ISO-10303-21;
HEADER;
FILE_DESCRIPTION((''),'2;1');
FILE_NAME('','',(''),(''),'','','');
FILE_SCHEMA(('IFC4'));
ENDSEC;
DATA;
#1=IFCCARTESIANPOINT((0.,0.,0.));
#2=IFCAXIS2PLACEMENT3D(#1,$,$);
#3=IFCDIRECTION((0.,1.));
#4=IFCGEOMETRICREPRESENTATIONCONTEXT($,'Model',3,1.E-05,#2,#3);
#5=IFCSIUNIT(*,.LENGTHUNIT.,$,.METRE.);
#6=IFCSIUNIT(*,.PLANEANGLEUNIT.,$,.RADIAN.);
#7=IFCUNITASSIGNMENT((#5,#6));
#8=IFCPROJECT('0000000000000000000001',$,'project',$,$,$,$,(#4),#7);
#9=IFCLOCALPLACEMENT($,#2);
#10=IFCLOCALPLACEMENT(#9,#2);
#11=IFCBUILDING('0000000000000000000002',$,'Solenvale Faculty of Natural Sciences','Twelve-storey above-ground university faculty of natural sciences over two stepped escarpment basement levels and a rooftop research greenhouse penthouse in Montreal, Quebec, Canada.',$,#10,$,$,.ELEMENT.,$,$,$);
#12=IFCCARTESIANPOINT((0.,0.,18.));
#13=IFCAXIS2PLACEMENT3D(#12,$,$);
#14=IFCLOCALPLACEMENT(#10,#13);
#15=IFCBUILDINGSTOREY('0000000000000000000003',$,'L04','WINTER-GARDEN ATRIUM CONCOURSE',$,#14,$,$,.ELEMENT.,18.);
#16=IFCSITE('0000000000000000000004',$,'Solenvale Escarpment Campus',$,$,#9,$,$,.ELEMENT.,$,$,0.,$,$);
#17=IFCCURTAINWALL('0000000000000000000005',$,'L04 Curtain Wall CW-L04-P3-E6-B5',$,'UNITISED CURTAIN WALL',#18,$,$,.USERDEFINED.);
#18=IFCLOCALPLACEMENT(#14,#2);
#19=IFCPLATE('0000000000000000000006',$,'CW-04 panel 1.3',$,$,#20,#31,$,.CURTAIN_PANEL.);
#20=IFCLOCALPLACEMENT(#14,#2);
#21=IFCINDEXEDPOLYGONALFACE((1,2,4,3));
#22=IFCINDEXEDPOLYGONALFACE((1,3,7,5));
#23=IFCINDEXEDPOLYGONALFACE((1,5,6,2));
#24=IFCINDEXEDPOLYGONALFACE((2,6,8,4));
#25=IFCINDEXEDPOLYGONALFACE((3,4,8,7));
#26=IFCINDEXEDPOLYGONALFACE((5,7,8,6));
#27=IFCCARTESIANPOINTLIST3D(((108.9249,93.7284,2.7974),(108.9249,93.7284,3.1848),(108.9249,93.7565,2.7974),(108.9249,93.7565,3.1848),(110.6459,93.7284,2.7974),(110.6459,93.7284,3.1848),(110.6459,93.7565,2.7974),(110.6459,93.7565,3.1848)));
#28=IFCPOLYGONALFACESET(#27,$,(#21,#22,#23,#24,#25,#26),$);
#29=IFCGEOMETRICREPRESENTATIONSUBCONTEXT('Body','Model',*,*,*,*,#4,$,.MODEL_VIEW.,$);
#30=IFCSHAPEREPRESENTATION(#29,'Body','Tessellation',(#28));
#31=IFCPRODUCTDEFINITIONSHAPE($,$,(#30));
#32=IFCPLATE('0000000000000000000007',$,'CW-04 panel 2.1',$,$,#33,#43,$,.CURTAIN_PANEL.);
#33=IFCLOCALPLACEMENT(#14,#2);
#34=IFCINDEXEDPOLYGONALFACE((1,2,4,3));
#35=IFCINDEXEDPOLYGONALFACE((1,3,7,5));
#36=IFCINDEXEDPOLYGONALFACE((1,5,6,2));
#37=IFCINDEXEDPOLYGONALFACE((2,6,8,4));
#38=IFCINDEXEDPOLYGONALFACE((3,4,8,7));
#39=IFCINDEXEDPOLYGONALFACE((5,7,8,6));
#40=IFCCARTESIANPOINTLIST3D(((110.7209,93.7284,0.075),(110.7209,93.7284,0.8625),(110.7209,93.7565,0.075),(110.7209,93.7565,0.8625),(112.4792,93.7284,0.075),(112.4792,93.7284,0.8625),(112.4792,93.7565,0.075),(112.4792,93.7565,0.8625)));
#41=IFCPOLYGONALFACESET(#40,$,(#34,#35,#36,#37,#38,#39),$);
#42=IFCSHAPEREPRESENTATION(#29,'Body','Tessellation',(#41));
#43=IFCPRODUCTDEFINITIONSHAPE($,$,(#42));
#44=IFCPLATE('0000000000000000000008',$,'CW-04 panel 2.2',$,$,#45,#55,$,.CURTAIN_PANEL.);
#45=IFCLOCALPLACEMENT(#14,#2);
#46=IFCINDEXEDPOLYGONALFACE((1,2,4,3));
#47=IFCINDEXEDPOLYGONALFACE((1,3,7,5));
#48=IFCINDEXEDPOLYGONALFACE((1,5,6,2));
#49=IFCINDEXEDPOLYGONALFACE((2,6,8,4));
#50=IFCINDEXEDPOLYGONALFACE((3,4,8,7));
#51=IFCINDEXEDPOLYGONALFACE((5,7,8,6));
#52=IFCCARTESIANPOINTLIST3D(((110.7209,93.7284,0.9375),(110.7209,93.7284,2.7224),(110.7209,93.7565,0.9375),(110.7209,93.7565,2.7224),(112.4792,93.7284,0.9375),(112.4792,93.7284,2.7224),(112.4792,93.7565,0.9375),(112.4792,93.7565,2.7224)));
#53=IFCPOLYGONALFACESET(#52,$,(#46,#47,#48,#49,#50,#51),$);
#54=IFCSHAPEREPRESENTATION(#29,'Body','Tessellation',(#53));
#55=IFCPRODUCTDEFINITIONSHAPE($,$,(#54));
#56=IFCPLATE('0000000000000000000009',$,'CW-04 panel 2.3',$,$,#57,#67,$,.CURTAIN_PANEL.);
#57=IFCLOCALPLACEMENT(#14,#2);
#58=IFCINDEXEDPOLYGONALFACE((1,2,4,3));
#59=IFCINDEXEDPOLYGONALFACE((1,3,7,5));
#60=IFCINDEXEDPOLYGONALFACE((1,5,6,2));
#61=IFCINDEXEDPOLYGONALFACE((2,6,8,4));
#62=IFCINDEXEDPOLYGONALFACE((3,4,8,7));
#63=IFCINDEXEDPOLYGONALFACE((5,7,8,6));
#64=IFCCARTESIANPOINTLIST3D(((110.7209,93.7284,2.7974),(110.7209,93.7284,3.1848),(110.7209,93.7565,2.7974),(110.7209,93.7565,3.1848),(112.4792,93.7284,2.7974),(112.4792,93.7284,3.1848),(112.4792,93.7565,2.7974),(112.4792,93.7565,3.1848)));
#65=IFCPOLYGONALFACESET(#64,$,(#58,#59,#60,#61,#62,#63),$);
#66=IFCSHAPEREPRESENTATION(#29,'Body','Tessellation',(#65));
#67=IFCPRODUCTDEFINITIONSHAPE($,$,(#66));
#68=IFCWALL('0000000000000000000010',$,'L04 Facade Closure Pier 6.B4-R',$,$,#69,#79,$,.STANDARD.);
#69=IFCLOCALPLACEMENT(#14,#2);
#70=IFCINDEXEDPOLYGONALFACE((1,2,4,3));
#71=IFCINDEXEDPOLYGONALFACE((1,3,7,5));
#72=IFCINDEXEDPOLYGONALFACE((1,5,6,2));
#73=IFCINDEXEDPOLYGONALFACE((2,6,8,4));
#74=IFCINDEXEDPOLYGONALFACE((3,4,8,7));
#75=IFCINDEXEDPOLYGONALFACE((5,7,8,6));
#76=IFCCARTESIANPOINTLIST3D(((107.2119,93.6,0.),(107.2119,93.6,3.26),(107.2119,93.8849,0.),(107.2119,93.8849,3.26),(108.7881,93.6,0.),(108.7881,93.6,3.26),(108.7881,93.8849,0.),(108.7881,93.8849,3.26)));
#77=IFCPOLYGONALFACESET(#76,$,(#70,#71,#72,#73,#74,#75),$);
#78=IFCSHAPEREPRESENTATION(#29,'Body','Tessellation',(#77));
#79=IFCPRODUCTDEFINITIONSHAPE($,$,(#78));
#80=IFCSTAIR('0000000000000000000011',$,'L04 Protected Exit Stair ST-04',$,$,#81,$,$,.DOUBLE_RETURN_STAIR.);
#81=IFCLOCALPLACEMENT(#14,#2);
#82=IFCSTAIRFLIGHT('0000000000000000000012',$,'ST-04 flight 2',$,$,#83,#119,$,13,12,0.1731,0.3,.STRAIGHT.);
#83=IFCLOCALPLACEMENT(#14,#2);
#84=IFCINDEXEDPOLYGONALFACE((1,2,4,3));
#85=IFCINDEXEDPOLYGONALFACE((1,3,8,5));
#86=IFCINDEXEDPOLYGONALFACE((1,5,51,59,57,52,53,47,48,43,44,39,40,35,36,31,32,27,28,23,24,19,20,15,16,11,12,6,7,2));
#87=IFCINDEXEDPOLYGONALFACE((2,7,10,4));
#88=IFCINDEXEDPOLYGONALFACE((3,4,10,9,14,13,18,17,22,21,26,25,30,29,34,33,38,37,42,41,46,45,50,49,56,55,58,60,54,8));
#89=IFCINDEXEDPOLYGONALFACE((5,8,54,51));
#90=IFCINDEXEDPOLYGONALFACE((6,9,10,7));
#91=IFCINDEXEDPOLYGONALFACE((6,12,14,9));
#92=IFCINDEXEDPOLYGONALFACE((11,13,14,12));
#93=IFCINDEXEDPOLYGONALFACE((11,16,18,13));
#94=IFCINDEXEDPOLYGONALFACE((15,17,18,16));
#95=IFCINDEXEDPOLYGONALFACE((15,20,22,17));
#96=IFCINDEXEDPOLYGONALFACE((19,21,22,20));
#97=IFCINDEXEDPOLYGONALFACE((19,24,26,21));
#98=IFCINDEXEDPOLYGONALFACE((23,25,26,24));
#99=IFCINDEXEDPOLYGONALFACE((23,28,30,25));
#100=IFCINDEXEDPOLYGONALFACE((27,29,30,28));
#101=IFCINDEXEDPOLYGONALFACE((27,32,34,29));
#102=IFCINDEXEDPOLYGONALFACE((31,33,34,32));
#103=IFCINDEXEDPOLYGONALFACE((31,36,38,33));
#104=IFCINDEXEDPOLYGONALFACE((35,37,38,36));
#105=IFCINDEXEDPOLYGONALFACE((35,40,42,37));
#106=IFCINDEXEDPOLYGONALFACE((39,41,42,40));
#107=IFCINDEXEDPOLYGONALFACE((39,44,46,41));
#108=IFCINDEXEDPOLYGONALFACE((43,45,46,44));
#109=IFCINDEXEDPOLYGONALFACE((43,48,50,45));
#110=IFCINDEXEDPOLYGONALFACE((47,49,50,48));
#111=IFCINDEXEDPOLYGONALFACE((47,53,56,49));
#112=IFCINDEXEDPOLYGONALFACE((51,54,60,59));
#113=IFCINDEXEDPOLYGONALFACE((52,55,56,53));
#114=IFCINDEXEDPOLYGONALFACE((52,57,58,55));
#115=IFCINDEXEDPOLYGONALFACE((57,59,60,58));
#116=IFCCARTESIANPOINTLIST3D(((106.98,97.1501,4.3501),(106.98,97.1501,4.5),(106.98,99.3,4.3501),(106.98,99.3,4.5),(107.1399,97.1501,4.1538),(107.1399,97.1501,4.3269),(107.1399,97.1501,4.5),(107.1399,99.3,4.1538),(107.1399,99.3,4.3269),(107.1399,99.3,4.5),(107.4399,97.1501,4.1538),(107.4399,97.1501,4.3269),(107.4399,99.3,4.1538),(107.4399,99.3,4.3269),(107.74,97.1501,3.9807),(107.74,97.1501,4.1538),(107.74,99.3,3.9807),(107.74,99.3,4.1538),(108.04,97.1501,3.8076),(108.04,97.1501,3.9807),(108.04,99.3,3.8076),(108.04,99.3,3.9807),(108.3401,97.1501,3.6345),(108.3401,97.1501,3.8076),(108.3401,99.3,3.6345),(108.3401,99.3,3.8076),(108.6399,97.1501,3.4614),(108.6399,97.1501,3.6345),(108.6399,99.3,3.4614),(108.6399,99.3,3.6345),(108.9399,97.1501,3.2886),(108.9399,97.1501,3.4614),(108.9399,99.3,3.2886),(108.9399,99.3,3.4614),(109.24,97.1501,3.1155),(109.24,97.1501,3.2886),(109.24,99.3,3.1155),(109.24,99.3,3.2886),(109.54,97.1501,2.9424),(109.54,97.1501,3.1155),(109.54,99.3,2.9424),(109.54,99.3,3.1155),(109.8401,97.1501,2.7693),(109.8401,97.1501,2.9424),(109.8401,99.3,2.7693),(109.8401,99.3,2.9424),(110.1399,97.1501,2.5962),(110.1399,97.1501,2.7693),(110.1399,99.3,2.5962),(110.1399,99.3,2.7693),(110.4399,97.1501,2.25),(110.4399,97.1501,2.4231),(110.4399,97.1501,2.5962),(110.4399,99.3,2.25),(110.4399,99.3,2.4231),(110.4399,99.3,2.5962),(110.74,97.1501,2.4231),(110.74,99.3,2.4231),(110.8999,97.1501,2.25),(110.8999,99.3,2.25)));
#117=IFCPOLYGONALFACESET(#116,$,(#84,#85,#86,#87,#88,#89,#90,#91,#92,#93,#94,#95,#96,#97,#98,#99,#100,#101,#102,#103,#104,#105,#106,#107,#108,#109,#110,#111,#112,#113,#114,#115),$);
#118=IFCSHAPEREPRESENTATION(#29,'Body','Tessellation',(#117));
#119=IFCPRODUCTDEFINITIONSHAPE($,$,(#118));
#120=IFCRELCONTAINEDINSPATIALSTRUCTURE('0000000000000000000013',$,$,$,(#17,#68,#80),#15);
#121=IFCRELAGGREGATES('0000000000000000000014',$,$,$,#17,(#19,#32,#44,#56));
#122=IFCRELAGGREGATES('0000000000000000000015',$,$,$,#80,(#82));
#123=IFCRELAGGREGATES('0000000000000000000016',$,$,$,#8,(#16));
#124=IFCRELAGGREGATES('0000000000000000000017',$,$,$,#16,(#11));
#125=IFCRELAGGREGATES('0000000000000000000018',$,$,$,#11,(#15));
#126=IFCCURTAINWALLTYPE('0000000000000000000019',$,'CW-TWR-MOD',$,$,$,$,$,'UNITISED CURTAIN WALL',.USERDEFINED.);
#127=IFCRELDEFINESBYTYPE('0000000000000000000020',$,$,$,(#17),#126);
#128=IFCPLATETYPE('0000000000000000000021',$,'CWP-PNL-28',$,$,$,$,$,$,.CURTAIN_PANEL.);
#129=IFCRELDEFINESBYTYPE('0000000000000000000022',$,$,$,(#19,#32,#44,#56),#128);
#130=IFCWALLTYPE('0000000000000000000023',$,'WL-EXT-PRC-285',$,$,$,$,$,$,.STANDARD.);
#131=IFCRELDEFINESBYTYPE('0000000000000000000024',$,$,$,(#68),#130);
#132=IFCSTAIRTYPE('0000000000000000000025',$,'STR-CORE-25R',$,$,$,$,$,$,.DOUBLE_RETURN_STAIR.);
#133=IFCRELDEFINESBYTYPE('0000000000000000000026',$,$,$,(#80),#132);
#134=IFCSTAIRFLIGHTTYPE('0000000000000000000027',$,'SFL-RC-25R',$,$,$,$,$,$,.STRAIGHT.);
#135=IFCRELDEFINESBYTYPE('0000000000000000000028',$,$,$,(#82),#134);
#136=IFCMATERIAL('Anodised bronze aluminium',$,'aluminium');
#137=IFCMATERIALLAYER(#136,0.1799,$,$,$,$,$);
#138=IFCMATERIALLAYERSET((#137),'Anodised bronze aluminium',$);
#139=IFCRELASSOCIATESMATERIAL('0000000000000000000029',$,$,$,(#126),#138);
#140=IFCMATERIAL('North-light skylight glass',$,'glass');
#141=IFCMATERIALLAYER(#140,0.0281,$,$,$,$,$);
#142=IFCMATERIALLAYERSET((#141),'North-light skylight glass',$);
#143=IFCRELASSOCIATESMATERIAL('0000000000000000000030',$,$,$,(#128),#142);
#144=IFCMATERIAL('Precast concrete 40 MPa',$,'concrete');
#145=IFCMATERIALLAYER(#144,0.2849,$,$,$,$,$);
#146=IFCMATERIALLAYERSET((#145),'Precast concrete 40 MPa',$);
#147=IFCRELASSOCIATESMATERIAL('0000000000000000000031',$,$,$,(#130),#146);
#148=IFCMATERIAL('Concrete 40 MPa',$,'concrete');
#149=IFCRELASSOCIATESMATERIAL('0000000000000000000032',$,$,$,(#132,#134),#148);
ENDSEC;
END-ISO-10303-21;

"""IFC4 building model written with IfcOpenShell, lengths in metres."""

from ifc_helpers import new_model, si_unit, direction, frame, frame_2d, origin, origin_2d, place, context, subcontext, project, spatial, polyline, rectangle, outline, extrude, material, layer, layer_set, type_object, element, aggregate, save


model = new_model("IFC4")

# Units and contexts
model_context = context("Model", 3, precision=1e-05, world=origin(), true_north=direction((0.0, 1.0)))
body_context = subcontext(model_context, "Body", "Model", "MODEL_VIEW")
ifc_project = project(units=[si_unit("LENGTHUNIT", "METRE"), si_unit("PLANEANGLEUNIT", "RADIAN")], contexts=[model_context])

# Site, building, storey
site_placement = place(None, origin())
site = spatial("IfcSite", under=ifc_project, at=site_placement, Name="Solenvale Escarpment Campus", CompositionType="ELEMENT", RefElevation=0.0)
building_placement = place(site_placement, origin())
building = spatial("IfcBuilding", under=site, at=building_placement, Name="Solenvale Faculty of Natural Sciences", Description="Twelve-storey above-ground university faculty of natural sciences over two stepped escarpment basement levels and a rooftop research greenhouse penthouse in Montreal, Quebec, Canada.", CompositionType="ELEMENT")
storey_placement = place(building_placement, frame((0.0, 0.0, 18.0)))
storey = spatial("IfcBuildingStorey", under=building, at=storey_placement, Name="L04", Description="WINTER-GARDEN ATRIUM CONCOURSE", CompositionType="ELEMENT", Elevation=18.0)

# Shared definitions
ifc_material_1 = material(Name="Concrete 40 MPa", Category="concrete")

# Curtain wall, plates
ifc_material_2 = material(Name="Anodised bronze aluminium", Category="aluminium")
ifc_layer_1 = layer(ifc_material_2, 0.1799)
ifc_layer_set_1 = layer_set([ifc_layer_1], Name="Anodised bronze aluminium")
curtain_wall_type = type_object("IfcCurtainWallType", Name="CW-TWR-MOD", ElementType="UNITISED CURTAIN WALL", PredefinedType="USERDEFINED", material=ifc_layer_set_1)
curtain_wall_placement = place(storey_placement, origin())
curtain_wall = element("IfcCurtainWall", 1, at=curtain_wall_placement, inside=storey, type_object=curtain_wall_type, Name="L04 Curtain Wall CW-L04-P3-E6-B5", ObjectType="UNITISED CURTAIN WALL", PredefinedType="USERDEFINED")
ifc_material_3 = material(Name="North-light skylight glass", Category="glass")
ifc_layer_2 = layer(ifc_material_3, 0.0281)
ifc_layer_set_2 = layer_set([ifc_layer_2], Name="North-light skylight glass")
plate_type = type_object("IfcPlateType", Name="CWP-PNL-28", PredefinedType="CURTAIN_PANEL", material=ifc_layer_set_2)
plate_1_placement = place(storey_placement, frame((109.7854, 93.7424, 2.7974), z_axis=(0.0, 0.0, 1.0), x_axis=(1.0, 0.0, 0.0)))
plate_1 = element("IfcPlate", 2, at=plate_1_placement, type_object=plate_type, Name="CW-04 panel 1.3", PredefinedType="CURTAIN_PANEL", context=body_context, shape_type="SweptSolid", body=[
    extrude(rectangle(XDim=1.7209, YDim=0.0281, at=origin_2d()), origin(), (0.0, 0.0, 1.0), 0.3875),
])
plate_2_placement = place(storey_placement, frame((111.6001, 93.7424, 0.075), z_axis=(0.0, 0.0, 1.0), x_axis=(1.0, 0.0, 0.0)))
plate_2 = element("IfcPlate", 3, at=plate_2_placement, type_object=plate_type, Name="CW-04 panel 2.1", PredefinedType="CURTAIN_PANEL", context=body_context, shape_type="SweptSolid", body=[
    extrude(rectangle(XDim=1.7583, YDim=0.0281, at=origin_2d()), origin(), (0.0, 0.0, 1.0), 0.7876),
])
plate_3_placement = place(storey_placement, frame((111.6001, 93.7424, 0.9375), z_axis=(0.0, 0.0, 1.0), x_axis=(1.0, 0.0, 0.0)))
plate_3 = element("IfcPlate", 4, at=plate_3_placement, type_object=plate_type, Name="CW-04 panel 2.2", PredefinedType="CURTAIN_PANEL", context=body_context, shape_type="SweptSolid", body=[
    extrude(rectangle(XDim=1.7583, YDim=0.0281, at=origin_2d()), origin(), (0.0, 0.0, 1.0), 1.7849),
])
plate_4_placement = place(storey_placement, frame((111.6001, 93.7424, 2.7974), z_axis=(0.0, 0.0, 1.0), x_axis=(1.0, 0.0, 0.0)))
plate_4 = element("IfcPlate", 5, at=plate_4_placement, type_object=plate_type, Name="CW-04 panel 2.3", PredefinedType="CURTAIN_PANEL", context=body_context, shape_type="SweptSolid", body=[
    extrude(rectangle(XDim=1.7583, YDim=0.0281, at=origin_2d()), origin(), (0.0, 0.0, 1.0), 0.3875),
])
aggregate(curtain_wall, [plate_1, plate_2, plate_3, plate_4])

# Wall
ifc_material_4 = material(Name="Precast concrete 40 MPa", Category="concrete")
ifc_layer_3 = layer(ifc_material_4, 0.2849)
ifc_layer_set_3 = layer_set([ifc_layer_3], Name="Precast concrete 40 MPa")
wall_type = type_object("IfcWallType", Name="WL-EXT-PRC-285", PredefinedType="STANDARD", material=ifc_layer_set_3)
wall_placement = place(storey_placement, frame((107.2119, 93.7424, 0.0), z_axis=(0.0, 0.0, 1.0), x_axis=(1.0, 0.0, 0.0)))
element("IfcWall", 6, at=wall_placement, inside=storey, type_object=wall_type, Name="L04 Facade Closure Pier 6.B4-R", PredefinedType="STANDARD", context=body_context, shape_type="SweptSolid", body=[
    extrude(rectangle(XDim=1.5762, YDim=0.2849, at=frame_2d((0.7881, 0.0))), origin(), (0.0, 0.0, 1.0), 3.26),
])

# Stair, stair flight
stair_type = type_object("IfcStairType", Name="STR-CORE-25R", PredefinedType="DOUBLE_RETURN_STAIR", material=ifc_material_1)
stair_placement = place(storey_placement, origin())
stair = element("IfcStair", 7, at=stair_placement, inside=storey, type_object=stair_type, Name="L04 Protected Exit Stair ST-04", PredefinedType="DOUBLE_RETURN_STAIR")
stair_flight_type = type_object("IfcStairFlightType", Name="SFL-RC-25R", PredefinedType="STRAIGHT", material=ifc_material_1)
stair_flight_placement = place(storey_placement, frame((110.74, 98.2251, 2.25), z_axis=(0.0, 0.0, 1.0), x_axis=(-1.0, 0.0, 0.0)))
stair_flight = element("IfcStairFlight", 8, at=stair_flight_placement, type_object=stair_flight_type, Name="ST-04 flight 2", NumberOfRisers=13, NumberOfTreads=12, PredefinedType="STRAIGHT", RiserHeight=0.1731, TreadLength=0.3, context=body_context, shape_type="SweptSolid", body=[
    extrude(outline(polyline([(-0.1599, 0.0), (0.0, 0.1731), (0.3, 0.1731), (0.3, 0.3462), (0.6001, 0.3462), (0.6001, 0.5193), (0.8999, 0.5193), (0.8999, 0.6924), (1.2, 0.6924), (1.2, 0.8655), (1.5, 0.8655), (1.5, 1.0386), (1.8, 1.0386), (1.8, 1.2114), (2.1001, 1.2114), (2.1001, 1.3845), (2.3999, 1.3845), (2.3999, 1.5576), (2.7, 1.5576), (2.7, 1.7307), (3.0, 1.7307), (3.0, 1.9038), (3.3, 1.9038), (3.3, 2.0769), (3.6001, 2.0769), (3.6001, 2.25), (3.76, 2.25), (3.76, 2.1001), (3.6001, 1.9038), (0.3, 0.0), (-0.1599, 0.0)])), frame((0.0, 1.075, 0.0), z_axis=(0.0, -1.0, 0.0), x_axis=(1.0, 0.0, 0.0)), (0.0, 0.0, 1.0), 2.1499),
])
aggregate(stair, [stair_flight])

save(model, "model.ifc")
